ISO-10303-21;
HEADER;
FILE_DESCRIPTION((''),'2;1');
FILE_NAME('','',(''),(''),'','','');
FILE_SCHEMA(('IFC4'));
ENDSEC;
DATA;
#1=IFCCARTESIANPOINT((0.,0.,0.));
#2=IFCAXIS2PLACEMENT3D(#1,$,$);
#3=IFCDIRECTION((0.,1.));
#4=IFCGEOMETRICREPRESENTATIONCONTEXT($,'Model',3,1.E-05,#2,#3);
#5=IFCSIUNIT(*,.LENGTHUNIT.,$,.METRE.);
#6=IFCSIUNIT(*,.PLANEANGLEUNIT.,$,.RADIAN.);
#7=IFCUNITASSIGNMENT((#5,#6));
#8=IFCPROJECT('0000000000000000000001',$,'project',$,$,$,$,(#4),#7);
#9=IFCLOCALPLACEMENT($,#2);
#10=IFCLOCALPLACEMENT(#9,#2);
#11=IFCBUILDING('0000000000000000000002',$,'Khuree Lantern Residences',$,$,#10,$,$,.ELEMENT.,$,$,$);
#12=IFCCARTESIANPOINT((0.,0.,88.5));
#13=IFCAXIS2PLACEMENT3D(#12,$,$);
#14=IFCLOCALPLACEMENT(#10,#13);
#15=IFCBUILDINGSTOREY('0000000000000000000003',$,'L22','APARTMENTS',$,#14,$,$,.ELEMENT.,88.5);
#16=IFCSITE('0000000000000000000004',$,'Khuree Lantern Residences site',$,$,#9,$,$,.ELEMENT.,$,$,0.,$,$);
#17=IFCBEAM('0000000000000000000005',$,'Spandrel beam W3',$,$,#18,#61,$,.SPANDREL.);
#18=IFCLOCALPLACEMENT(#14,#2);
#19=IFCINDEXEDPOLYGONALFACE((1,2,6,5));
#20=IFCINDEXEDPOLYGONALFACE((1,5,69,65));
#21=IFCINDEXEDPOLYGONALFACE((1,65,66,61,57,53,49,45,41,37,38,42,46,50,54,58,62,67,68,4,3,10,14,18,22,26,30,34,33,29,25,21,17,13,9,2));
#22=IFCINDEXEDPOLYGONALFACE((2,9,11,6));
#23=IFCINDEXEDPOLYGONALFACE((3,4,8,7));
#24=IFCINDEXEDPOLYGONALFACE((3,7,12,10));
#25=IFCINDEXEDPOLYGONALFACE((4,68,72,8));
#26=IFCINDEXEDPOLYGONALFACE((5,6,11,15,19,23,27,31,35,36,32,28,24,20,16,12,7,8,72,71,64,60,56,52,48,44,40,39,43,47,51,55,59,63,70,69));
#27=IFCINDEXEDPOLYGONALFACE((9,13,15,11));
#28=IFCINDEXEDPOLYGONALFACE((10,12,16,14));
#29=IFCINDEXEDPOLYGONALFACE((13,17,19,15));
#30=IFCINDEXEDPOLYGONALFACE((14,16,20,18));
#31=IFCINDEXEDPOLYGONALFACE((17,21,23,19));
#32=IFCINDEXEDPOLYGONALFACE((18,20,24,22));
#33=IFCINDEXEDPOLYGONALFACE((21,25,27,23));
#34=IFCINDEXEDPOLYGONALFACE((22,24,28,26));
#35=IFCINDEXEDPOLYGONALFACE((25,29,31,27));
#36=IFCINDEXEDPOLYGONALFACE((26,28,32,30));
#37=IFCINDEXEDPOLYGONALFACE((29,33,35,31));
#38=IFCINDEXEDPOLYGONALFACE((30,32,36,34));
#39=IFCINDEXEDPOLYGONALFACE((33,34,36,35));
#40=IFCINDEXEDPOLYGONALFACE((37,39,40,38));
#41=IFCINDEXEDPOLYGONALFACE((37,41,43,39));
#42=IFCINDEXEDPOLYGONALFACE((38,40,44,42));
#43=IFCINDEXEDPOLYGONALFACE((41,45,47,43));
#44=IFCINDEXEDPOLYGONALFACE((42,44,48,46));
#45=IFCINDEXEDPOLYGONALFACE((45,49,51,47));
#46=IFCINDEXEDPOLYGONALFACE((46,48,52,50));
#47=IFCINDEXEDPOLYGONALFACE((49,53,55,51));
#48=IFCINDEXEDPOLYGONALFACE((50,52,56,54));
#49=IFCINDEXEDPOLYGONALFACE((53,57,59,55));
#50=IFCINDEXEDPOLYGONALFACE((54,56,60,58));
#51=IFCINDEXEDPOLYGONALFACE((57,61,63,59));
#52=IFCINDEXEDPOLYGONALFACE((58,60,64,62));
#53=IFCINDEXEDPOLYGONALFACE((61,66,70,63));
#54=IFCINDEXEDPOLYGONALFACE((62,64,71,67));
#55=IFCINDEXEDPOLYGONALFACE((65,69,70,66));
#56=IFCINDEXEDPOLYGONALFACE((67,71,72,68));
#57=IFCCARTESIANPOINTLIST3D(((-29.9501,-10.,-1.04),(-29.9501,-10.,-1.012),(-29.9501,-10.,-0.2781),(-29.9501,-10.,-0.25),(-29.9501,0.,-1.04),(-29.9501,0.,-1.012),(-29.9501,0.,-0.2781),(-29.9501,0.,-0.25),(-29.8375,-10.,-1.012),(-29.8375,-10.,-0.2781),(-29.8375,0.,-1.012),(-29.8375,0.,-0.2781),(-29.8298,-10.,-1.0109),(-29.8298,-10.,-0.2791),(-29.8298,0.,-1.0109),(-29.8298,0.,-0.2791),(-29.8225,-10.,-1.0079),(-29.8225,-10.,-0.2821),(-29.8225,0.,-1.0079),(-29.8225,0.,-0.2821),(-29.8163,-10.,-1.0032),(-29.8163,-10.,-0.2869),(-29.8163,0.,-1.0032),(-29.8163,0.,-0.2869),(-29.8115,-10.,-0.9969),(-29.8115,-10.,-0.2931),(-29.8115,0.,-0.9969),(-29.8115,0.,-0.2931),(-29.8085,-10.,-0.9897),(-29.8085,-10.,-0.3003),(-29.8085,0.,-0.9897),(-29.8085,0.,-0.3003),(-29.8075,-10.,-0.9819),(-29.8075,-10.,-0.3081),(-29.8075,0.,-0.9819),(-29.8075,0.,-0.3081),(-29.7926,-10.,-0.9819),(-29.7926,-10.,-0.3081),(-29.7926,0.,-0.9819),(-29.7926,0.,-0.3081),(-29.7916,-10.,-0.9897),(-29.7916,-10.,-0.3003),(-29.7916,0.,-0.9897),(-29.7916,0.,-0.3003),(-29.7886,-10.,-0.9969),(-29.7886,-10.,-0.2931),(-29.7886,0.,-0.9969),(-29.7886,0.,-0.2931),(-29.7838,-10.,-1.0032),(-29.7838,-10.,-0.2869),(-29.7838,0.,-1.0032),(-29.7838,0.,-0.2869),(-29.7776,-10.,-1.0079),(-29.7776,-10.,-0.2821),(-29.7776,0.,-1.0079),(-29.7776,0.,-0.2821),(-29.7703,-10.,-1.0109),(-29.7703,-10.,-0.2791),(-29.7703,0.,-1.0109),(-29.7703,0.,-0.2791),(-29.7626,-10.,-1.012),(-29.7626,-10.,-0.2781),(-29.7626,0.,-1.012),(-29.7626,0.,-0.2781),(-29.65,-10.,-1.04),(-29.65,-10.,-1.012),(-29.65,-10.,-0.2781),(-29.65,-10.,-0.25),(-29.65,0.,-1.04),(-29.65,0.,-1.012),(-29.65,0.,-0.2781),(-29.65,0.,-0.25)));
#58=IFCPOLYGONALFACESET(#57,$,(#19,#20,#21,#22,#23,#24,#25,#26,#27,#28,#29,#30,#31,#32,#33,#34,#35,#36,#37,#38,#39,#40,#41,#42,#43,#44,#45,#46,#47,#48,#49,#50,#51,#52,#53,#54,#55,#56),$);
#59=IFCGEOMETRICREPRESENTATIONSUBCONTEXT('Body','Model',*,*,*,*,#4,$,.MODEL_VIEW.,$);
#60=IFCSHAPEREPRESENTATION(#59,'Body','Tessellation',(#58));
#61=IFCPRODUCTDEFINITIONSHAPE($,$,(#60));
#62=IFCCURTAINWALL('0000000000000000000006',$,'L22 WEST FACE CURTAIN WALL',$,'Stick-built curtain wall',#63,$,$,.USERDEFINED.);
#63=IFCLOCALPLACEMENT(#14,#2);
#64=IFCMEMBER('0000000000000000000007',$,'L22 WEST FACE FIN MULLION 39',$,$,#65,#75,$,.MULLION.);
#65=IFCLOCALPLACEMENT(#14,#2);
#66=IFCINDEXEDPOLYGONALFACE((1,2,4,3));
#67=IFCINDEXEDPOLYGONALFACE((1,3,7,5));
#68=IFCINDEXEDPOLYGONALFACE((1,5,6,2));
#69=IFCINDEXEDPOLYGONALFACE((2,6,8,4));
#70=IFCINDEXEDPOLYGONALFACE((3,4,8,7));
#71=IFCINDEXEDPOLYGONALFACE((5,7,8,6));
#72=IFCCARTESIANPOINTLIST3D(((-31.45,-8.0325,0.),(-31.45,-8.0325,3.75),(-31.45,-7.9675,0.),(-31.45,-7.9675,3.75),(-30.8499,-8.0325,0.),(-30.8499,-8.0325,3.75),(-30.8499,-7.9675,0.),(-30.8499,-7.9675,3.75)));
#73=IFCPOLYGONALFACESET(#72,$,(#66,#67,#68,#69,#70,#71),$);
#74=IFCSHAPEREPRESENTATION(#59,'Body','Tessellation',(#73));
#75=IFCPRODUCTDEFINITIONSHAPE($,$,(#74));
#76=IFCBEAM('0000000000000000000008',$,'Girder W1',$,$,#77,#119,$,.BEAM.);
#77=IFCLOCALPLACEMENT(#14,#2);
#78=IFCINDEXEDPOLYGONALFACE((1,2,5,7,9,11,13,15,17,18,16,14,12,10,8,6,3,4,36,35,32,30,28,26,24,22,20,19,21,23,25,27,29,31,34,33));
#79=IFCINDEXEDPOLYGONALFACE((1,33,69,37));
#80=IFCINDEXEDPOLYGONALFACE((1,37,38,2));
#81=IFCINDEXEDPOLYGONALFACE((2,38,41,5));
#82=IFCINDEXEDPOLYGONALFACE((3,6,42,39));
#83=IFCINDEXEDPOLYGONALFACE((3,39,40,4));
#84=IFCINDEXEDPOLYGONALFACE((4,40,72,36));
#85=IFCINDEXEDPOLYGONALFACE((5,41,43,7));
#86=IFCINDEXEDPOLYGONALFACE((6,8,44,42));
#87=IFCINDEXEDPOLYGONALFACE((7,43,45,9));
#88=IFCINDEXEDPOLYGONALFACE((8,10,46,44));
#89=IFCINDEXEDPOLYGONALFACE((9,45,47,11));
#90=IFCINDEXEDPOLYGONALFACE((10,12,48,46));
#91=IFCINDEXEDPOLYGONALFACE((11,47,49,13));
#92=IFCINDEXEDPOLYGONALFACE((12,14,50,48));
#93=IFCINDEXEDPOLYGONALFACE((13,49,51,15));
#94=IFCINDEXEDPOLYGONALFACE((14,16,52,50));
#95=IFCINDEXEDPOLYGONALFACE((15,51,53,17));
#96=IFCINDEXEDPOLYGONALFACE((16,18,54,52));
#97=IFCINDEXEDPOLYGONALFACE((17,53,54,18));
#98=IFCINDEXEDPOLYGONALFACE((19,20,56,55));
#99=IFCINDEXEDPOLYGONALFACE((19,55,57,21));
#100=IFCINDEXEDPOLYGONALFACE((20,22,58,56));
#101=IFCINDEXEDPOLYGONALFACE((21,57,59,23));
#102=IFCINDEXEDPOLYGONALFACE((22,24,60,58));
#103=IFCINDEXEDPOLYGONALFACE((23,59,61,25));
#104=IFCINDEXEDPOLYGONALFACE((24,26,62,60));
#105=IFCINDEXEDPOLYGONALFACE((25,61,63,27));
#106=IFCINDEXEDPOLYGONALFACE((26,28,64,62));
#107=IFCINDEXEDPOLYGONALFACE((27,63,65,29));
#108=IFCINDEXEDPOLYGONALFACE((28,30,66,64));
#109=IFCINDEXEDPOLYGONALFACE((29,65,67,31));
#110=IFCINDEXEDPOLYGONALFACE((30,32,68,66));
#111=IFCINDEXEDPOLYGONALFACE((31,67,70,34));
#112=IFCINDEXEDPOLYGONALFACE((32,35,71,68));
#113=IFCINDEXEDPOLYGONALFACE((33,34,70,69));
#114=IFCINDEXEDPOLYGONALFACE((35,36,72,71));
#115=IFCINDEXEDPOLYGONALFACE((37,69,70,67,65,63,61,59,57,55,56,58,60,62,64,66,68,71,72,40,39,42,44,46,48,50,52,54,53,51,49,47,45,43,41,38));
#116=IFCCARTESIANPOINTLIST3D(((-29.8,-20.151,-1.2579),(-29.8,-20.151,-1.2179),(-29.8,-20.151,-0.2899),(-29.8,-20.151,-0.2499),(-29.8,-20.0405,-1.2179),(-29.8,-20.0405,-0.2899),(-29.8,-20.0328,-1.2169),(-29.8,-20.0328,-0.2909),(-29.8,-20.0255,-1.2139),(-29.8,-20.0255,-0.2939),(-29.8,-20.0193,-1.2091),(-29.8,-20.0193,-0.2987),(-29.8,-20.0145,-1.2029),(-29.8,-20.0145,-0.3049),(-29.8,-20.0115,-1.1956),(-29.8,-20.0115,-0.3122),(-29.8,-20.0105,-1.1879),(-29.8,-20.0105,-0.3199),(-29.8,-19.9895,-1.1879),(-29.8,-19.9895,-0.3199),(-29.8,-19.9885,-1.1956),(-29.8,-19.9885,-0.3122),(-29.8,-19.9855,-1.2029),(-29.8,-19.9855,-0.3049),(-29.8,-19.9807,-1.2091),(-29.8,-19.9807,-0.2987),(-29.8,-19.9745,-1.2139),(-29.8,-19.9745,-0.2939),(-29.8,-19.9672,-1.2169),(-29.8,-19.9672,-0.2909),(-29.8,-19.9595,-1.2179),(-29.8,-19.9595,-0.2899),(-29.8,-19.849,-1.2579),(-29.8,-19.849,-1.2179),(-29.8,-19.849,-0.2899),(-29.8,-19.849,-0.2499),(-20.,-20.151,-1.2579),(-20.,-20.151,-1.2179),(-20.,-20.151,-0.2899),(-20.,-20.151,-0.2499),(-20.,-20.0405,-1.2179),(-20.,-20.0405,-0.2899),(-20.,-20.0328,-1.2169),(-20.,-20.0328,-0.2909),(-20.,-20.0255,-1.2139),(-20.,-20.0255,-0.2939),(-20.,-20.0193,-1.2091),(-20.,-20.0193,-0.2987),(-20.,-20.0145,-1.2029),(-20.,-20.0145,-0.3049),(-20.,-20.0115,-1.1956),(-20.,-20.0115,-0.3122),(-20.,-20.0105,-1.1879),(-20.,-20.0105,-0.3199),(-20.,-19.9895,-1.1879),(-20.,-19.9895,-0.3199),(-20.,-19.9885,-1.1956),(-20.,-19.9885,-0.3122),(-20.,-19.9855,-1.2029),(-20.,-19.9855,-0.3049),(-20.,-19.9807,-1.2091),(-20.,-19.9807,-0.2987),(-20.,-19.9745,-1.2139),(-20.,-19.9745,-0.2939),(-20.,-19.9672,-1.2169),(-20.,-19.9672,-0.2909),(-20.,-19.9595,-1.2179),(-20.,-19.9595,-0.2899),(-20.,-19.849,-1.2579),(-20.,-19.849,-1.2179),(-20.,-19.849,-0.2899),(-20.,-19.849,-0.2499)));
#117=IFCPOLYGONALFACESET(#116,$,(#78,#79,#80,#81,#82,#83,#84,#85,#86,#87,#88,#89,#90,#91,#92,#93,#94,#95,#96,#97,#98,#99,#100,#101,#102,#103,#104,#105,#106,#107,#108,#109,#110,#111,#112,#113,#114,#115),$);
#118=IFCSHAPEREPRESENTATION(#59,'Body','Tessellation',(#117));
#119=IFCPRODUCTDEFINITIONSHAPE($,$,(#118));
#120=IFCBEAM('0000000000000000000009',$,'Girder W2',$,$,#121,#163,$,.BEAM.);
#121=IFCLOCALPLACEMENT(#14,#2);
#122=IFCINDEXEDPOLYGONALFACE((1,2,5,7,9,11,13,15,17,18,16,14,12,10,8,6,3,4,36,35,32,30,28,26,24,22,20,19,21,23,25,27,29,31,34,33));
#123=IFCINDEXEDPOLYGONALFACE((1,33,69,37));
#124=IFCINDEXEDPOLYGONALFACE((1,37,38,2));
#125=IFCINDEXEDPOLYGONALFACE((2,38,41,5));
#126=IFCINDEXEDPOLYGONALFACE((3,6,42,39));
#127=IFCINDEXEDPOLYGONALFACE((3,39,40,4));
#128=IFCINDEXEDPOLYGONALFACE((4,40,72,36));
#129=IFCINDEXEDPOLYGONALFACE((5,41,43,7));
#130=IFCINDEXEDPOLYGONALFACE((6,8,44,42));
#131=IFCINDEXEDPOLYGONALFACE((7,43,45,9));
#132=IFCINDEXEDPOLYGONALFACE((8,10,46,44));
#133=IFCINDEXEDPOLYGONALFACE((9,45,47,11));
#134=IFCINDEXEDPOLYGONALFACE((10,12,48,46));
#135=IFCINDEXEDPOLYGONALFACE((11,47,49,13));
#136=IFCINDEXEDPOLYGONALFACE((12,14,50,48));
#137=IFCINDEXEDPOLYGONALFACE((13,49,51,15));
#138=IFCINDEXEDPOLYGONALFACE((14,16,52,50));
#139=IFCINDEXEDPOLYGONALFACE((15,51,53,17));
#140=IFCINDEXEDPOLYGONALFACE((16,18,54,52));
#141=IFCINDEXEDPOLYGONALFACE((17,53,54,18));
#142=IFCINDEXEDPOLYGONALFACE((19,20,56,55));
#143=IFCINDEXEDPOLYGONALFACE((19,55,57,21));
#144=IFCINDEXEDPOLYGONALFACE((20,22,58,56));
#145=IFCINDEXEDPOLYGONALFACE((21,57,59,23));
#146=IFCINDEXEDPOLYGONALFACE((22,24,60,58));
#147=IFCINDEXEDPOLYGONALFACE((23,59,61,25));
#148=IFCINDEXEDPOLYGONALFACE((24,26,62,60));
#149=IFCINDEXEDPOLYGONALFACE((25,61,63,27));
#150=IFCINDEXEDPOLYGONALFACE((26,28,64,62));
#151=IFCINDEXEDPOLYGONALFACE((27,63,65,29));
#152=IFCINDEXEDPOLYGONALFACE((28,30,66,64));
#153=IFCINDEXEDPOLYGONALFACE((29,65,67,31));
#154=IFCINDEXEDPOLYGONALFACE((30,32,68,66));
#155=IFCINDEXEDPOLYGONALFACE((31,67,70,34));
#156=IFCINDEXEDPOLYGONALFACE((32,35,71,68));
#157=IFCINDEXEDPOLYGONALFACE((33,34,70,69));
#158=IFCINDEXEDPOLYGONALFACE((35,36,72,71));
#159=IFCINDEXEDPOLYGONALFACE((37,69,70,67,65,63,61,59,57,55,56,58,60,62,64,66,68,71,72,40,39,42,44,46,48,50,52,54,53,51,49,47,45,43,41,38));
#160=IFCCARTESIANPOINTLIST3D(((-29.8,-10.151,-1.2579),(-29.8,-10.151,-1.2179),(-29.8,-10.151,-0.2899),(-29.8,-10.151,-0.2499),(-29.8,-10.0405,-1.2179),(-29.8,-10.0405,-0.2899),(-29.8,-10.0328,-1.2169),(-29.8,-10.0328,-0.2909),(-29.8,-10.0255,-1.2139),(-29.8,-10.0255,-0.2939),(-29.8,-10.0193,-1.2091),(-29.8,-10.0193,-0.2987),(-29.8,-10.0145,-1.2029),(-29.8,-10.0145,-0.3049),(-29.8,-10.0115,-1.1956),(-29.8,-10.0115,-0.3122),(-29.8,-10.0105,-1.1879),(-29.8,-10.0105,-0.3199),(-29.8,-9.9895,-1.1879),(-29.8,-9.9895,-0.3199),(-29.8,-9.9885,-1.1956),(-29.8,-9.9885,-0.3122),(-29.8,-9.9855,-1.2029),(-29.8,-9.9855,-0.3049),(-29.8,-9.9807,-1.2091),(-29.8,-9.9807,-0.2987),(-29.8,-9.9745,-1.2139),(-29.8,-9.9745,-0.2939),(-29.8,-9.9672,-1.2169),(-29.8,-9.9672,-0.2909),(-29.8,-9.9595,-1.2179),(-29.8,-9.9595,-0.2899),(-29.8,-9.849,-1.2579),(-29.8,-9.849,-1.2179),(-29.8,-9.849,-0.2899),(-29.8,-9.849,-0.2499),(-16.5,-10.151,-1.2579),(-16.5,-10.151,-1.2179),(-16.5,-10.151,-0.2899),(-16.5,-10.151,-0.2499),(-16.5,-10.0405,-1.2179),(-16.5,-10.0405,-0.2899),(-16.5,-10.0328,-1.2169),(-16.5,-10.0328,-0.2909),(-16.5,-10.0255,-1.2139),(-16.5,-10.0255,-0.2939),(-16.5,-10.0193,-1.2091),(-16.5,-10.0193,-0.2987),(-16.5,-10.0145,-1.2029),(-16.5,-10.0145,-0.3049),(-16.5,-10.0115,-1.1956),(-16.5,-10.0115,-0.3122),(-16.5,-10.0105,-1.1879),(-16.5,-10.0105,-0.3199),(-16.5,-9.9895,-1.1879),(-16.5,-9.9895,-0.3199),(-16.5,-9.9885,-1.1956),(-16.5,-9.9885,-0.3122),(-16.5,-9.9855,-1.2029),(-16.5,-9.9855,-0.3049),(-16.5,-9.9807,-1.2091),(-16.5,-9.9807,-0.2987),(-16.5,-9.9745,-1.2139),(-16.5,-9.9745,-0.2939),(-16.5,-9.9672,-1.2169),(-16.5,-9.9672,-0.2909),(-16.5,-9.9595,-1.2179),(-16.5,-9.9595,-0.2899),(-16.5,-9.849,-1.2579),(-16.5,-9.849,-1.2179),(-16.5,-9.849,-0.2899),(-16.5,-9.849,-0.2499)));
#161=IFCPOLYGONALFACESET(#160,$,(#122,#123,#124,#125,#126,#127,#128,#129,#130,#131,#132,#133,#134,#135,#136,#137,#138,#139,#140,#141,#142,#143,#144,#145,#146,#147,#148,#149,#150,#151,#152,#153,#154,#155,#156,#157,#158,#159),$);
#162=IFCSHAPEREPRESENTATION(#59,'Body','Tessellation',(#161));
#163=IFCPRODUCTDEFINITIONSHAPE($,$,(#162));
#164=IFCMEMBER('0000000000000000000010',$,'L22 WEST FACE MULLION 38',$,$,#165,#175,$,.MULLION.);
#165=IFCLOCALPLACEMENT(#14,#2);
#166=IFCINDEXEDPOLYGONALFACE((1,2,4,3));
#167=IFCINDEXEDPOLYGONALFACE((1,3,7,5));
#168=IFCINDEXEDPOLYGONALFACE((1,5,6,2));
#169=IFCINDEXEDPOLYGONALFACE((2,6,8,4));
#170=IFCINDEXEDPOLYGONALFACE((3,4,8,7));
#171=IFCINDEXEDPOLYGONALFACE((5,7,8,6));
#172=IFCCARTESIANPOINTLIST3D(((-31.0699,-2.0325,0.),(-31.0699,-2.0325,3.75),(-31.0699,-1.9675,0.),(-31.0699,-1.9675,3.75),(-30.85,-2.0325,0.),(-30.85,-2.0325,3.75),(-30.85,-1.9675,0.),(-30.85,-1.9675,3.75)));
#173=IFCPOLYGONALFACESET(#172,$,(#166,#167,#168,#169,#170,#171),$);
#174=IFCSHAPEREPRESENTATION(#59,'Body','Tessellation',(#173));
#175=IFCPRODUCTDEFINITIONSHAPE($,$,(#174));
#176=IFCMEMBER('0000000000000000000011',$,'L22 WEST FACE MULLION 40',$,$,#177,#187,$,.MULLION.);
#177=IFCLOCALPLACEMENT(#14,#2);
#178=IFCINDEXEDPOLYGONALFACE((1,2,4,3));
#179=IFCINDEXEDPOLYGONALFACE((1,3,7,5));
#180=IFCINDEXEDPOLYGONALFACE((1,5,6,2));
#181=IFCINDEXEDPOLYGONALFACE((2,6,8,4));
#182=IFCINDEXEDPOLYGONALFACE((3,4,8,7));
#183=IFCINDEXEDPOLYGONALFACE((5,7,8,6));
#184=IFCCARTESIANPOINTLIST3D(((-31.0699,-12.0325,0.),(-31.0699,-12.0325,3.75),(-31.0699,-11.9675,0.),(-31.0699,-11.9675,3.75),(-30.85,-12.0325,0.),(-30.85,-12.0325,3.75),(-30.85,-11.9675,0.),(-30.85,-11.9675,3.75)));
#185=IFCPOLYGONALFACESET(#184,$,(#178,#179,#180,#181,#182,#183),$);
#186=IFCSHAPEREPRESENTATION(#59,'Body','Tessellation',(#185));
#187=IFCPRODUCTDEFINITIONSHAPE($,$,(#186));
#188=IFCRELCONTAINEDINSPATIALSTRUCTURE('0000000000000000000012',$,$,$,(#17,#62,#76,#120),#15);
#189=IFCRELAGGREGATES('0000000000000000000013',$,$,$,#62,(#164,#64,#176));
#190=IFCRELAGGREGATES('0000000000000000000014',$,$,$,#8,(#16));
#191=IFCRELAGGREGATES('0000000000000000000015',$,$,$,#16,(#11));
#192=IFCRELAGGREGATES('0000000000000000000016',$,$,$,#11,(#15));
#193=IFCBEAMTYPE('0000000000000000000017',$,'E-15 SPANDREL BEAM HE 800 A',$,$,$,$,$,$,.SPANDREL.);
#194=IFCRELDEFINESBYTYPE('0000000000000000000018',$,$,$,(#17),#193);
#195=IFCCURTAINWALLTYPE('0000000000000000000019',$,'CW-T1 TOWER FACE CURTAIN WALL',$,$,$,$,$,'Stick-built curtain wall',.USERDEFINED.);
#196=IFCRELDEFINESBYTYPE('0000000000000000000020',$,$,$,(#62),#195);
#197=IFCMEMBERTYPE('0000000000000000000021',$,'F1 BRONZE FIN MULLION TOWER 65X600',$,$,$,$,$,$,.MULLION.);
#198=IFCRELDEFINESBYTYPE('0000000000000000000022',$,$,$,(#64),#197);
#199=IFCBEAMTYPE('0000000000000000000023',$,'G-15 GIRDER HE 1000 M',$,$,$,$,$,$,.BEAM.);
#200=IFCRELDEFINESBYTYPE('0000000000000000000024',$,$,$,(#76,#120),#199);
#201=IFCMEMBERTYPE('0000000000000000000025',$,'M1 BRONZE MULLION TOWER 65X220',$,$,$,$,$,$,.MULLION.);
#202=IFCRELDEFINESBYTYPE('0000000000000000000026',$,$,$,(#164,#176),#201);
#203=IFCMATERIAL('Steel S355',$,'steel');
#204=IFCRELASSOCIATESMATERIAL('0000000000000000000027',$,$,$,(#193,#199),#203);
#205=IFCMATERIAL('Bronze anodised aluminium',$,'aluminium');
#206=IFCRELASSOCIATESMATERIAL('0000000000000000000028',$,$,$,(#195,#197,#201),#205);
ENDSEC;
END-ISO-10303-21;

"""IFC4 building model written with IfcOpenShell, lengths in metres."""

from ifc_helpers import new_model, si_unit, direction, frame, origin, origin_2d, place, context, subcontext, project, spatial, rectangle, i_section, extrude, material, material_profile, profile_set, type_object, element, aggregate, save


model = new_model("IFC4")

# Units and contexts
model_context = context("Model", 3, precision=1e-05, world=origin(), true_north=direction((0.0, 1.0)))
body_context = subcontext(model_context, "Body", "Model", "MODEL_VIEW")
ifc_project = project(units=[si_unit("LENGTHUNIT", "METRE"), si_unit("PLANEANGLEUNIT", "RADIAN")], contexts=[model_context])

# Site, building, storey
site_placement = place(None, origin())
site = spatial("IfcSite", under=ifc_project, at=site_placement, Name="Khuree Lantern Residences site", CompositionType="ELEMENT", RefElevation=0.0)
building_placement = place(site_placement, origin())
building = spatial("IfcBuilding", under=site, at=building_placement, Name="Khuree Lantern Residences", CompositionType="ELEMENT")
storey_placement = place(building_placement, frame((0.0, 0.0, 88.5)))
storey = spatial("IfcBuildingStorey", under=building, at=storey_placement, Name="L22", Description="APARTMENTS", CompositionType="ELEMENT", Elevation=88.5)

# Beam
ifc_material_1 = material(Name="Steel S355", Category="steel")
ifc_material_profile_1 = material_profile(ifc_material_1, i_section(OverallWidth=0.3, OverallDepth=0.79, WebThickness=0.0149, FlangeThickness=0.0281, FilletRadius=0.03, at=origin_2d()), Name="HE 800 A")
ifc_profile_set_1 = profile_set([ifc_material_profile_1], Name="Steel S355")
beam_type_1 = type_object("IfcBeamType", Name="E-15 SPANDREL BEAM HE 800 A", PredefinedType="SPANDREL", material=ifc_profile_set_1)
for number, where, z_axis, x_axis, name in (
    (1, (-29.8, -10.0, -0.645), (0.0, 1.0, 0.0), (-1.0, 0.0, 0.0), "Spandrel beam W3"),
):
    element("IfcBeam", number, at=place(storey_placement, frame(where, z_axis=z_axis, x_axis=x_axis)), inside=storey, type_object=beam_type_1, Name=name, PredefinedType="SPANDREL", context=body_context, shape_type="SweptSolid", body=[
        extrude(i_section(OverallWidth=0.3, OverallDepth=0.79, WebThickness=0.0149, FlangeThickness=0.0281, FilletRadius=0.03, at=origin_2d()), origin(), (0.0, 0.0, 1.0), 10.0),
    ])

# Curtain wall, member
ifc_material_2 = material(Name="Bronze anodised aluminium", Category="aluminium")
curtain_wall_type = type_object("IfcCurtainWallType", Name="CW-T1 TOWER FACE CURTAIN WALL", ElementType="Stick-built curtain wall", PredefinedType="USERDEFINED", material=ifc_material_2)
curtain_wall_placement = place(storey_placement, origin())
curtain_wall = element("IfcCurtainWall", 2, at=curtain_wall_placement, inside=storey, type_object=curtain_wall_type, Name="L22 WEST FACE CURTAIN WALL", ObjectType="Stick-built curtain wall", PredefinedType="USERDEFINED")
ifc_material_profile_2 = material_profile(ifc_material_2, rectangle(XDim=0.0649, YDim=0.6001, at=origin_2d()), Name="F1 65X600")
ifc_profile_set_2 = profile_set([ifc_material_profile_2], Name="Bronze anodised aluminium")
member_type_1 = type_object("IfcMemberType", Name="F1 BRONZE FIN MULLION TOWER 65X600", PredefinedType="MULLION", material=ifc_profile_set_2)
member_1_placement = place(storey_placement, frame((-31.1499, -8.0, 0.0), z_axis=(0.0, 0.0, 1.0), x_axis=(0.0, -1.0, 0.0)))
member_1 = element("IfcMember", 3, at=member_1_placement, type_object=member_type_1, Name="L22 WEST FACE FIN MULLION 39", PredefinedType="MULLION", context=body_context, shape_type="SweptSolid", body=[
    extrude(rectangle(XDim=0.0649, YDim=0.6001, at=origin_2d()), origin(), (0.0, 0.0, 1.0), 3.75),
])

# Beams
ifc_material_profile_3 = material_profile(ifc_material_1, i_section(OverallWidth=0.302, OverallDepth=1.0081, WebThickness=0.021, FlangeThickness=0.04, FilletRadius=0.03, at=origin_2d()), Name="HE 1000 M")
ifc_profile_set_3 = profile_set([ifc_material_profile_3], Name="Steel S355")
beam_type_2 = type_object("IfcBeamType", Name="G-15 GIRDER HE 1000 M", PredefinedType="BEAM", material=ifc_profile_set_3)
beam_1_placement = place(storey_placement, frame((-29.8, -20.0, -0.7539), z_axis=(1.0, 0.0, 0.0), x_axis=(0.0, 1.0, 0.0)))
element("IfcBeam", 4, at=beam_1_placement, inside=storey, type_object=beam_type_2, Name="Girder W1", PredefinedType="BEAM", context=body_context, shape_type="SweptSolid", body=[
    extrude(i_section(OverallWidth=0.302, OverallDepth=1.0081, WebThickness=0.021, FlangeThickness=0.04, FilletRadius=0.03, at=origin_2d()), origin(), (0.0, 0.0, 1.0), 9.8),
])
beam_2_placement = place(storey_placement, frame((-29.8, -10.0, -0.7539), z_axis=(1.0, 0.0, 0.0), x_axis=(0.0, 1.0, 0.0)))
element("IfcBeam", 5, at=beam_2_placement, inside=storey, type_object=beam_type_2, Name="Girder W2", PredefinedType="BEAM", context=body_context, shape_type="SweptSolid", body=[
    extrude(i_section(OverallWidth=0.302, OverallDepth=1.0081, WebThickness=0.021, FlangeThickness=0.04, FilletRadius=0.03, at=origin_2d()), origin(), (0.0, 0.0, 1.0), 13.3),
])

# Members
ifc_material_profile_4 = material_profile(ifc_material_2, rectangle(XDim=0.0649, YDim=0.22, at=origin_2d()), Name="M1 65X220")
ifc_profile_set_4 = profile_set([ifc_material_profile_4], Name="Bronze anodised aluminium")
member_type_2 = type_object("IfcMemberType", Name="M1 BRONZE MULLION TOWER 65X220", PredefinedType="MULLION", material=ifc_profile_set_4)
member_2_placement = place(storey_placement, frame((-30.96, -2.0, 0.0), z_axis=(0.0, 0.0, 1.0), x_axis=(0.0, -1.0, 0.0)))
member_2 = element("IfcMember", 6, at=member_2_placement, type_object=member_type_2, Name="L22 WEST FACE MULLION 38", PredefinedType="MULLION", context=body_context, shape_type="SweptSolid", body=[
    extrude(rectangle(XDim=0.0649, YDim=0.22, at=origin_2d()), origin(), (0.0, 0.0, 1.0), 3.75),
])
member_3_placement = place(storey_placement, frame((-30.96, -12.0, 0.0), z_axis=(0.0, 0.0, 1.0), x_axis=(0.0, -1.0, 0.0)))
member_3 = element("IfcMember", 7, at=member_3_placement, type_object=member_type_2, Name="L22 WEST FACE MULLION 40", PredefinedType="MULLION", context=body_context, shape_type="SweptSolid", body=[
    extrude(rectangle(XDim=0.0649, YDim=0.22, at=origin_2d()), origin(), (0.0, 0.0, 1.0), 3.75),
])

aggregate(curtain_wall, [member_2, member_1, member_3])

save(model, "model.ifc")
